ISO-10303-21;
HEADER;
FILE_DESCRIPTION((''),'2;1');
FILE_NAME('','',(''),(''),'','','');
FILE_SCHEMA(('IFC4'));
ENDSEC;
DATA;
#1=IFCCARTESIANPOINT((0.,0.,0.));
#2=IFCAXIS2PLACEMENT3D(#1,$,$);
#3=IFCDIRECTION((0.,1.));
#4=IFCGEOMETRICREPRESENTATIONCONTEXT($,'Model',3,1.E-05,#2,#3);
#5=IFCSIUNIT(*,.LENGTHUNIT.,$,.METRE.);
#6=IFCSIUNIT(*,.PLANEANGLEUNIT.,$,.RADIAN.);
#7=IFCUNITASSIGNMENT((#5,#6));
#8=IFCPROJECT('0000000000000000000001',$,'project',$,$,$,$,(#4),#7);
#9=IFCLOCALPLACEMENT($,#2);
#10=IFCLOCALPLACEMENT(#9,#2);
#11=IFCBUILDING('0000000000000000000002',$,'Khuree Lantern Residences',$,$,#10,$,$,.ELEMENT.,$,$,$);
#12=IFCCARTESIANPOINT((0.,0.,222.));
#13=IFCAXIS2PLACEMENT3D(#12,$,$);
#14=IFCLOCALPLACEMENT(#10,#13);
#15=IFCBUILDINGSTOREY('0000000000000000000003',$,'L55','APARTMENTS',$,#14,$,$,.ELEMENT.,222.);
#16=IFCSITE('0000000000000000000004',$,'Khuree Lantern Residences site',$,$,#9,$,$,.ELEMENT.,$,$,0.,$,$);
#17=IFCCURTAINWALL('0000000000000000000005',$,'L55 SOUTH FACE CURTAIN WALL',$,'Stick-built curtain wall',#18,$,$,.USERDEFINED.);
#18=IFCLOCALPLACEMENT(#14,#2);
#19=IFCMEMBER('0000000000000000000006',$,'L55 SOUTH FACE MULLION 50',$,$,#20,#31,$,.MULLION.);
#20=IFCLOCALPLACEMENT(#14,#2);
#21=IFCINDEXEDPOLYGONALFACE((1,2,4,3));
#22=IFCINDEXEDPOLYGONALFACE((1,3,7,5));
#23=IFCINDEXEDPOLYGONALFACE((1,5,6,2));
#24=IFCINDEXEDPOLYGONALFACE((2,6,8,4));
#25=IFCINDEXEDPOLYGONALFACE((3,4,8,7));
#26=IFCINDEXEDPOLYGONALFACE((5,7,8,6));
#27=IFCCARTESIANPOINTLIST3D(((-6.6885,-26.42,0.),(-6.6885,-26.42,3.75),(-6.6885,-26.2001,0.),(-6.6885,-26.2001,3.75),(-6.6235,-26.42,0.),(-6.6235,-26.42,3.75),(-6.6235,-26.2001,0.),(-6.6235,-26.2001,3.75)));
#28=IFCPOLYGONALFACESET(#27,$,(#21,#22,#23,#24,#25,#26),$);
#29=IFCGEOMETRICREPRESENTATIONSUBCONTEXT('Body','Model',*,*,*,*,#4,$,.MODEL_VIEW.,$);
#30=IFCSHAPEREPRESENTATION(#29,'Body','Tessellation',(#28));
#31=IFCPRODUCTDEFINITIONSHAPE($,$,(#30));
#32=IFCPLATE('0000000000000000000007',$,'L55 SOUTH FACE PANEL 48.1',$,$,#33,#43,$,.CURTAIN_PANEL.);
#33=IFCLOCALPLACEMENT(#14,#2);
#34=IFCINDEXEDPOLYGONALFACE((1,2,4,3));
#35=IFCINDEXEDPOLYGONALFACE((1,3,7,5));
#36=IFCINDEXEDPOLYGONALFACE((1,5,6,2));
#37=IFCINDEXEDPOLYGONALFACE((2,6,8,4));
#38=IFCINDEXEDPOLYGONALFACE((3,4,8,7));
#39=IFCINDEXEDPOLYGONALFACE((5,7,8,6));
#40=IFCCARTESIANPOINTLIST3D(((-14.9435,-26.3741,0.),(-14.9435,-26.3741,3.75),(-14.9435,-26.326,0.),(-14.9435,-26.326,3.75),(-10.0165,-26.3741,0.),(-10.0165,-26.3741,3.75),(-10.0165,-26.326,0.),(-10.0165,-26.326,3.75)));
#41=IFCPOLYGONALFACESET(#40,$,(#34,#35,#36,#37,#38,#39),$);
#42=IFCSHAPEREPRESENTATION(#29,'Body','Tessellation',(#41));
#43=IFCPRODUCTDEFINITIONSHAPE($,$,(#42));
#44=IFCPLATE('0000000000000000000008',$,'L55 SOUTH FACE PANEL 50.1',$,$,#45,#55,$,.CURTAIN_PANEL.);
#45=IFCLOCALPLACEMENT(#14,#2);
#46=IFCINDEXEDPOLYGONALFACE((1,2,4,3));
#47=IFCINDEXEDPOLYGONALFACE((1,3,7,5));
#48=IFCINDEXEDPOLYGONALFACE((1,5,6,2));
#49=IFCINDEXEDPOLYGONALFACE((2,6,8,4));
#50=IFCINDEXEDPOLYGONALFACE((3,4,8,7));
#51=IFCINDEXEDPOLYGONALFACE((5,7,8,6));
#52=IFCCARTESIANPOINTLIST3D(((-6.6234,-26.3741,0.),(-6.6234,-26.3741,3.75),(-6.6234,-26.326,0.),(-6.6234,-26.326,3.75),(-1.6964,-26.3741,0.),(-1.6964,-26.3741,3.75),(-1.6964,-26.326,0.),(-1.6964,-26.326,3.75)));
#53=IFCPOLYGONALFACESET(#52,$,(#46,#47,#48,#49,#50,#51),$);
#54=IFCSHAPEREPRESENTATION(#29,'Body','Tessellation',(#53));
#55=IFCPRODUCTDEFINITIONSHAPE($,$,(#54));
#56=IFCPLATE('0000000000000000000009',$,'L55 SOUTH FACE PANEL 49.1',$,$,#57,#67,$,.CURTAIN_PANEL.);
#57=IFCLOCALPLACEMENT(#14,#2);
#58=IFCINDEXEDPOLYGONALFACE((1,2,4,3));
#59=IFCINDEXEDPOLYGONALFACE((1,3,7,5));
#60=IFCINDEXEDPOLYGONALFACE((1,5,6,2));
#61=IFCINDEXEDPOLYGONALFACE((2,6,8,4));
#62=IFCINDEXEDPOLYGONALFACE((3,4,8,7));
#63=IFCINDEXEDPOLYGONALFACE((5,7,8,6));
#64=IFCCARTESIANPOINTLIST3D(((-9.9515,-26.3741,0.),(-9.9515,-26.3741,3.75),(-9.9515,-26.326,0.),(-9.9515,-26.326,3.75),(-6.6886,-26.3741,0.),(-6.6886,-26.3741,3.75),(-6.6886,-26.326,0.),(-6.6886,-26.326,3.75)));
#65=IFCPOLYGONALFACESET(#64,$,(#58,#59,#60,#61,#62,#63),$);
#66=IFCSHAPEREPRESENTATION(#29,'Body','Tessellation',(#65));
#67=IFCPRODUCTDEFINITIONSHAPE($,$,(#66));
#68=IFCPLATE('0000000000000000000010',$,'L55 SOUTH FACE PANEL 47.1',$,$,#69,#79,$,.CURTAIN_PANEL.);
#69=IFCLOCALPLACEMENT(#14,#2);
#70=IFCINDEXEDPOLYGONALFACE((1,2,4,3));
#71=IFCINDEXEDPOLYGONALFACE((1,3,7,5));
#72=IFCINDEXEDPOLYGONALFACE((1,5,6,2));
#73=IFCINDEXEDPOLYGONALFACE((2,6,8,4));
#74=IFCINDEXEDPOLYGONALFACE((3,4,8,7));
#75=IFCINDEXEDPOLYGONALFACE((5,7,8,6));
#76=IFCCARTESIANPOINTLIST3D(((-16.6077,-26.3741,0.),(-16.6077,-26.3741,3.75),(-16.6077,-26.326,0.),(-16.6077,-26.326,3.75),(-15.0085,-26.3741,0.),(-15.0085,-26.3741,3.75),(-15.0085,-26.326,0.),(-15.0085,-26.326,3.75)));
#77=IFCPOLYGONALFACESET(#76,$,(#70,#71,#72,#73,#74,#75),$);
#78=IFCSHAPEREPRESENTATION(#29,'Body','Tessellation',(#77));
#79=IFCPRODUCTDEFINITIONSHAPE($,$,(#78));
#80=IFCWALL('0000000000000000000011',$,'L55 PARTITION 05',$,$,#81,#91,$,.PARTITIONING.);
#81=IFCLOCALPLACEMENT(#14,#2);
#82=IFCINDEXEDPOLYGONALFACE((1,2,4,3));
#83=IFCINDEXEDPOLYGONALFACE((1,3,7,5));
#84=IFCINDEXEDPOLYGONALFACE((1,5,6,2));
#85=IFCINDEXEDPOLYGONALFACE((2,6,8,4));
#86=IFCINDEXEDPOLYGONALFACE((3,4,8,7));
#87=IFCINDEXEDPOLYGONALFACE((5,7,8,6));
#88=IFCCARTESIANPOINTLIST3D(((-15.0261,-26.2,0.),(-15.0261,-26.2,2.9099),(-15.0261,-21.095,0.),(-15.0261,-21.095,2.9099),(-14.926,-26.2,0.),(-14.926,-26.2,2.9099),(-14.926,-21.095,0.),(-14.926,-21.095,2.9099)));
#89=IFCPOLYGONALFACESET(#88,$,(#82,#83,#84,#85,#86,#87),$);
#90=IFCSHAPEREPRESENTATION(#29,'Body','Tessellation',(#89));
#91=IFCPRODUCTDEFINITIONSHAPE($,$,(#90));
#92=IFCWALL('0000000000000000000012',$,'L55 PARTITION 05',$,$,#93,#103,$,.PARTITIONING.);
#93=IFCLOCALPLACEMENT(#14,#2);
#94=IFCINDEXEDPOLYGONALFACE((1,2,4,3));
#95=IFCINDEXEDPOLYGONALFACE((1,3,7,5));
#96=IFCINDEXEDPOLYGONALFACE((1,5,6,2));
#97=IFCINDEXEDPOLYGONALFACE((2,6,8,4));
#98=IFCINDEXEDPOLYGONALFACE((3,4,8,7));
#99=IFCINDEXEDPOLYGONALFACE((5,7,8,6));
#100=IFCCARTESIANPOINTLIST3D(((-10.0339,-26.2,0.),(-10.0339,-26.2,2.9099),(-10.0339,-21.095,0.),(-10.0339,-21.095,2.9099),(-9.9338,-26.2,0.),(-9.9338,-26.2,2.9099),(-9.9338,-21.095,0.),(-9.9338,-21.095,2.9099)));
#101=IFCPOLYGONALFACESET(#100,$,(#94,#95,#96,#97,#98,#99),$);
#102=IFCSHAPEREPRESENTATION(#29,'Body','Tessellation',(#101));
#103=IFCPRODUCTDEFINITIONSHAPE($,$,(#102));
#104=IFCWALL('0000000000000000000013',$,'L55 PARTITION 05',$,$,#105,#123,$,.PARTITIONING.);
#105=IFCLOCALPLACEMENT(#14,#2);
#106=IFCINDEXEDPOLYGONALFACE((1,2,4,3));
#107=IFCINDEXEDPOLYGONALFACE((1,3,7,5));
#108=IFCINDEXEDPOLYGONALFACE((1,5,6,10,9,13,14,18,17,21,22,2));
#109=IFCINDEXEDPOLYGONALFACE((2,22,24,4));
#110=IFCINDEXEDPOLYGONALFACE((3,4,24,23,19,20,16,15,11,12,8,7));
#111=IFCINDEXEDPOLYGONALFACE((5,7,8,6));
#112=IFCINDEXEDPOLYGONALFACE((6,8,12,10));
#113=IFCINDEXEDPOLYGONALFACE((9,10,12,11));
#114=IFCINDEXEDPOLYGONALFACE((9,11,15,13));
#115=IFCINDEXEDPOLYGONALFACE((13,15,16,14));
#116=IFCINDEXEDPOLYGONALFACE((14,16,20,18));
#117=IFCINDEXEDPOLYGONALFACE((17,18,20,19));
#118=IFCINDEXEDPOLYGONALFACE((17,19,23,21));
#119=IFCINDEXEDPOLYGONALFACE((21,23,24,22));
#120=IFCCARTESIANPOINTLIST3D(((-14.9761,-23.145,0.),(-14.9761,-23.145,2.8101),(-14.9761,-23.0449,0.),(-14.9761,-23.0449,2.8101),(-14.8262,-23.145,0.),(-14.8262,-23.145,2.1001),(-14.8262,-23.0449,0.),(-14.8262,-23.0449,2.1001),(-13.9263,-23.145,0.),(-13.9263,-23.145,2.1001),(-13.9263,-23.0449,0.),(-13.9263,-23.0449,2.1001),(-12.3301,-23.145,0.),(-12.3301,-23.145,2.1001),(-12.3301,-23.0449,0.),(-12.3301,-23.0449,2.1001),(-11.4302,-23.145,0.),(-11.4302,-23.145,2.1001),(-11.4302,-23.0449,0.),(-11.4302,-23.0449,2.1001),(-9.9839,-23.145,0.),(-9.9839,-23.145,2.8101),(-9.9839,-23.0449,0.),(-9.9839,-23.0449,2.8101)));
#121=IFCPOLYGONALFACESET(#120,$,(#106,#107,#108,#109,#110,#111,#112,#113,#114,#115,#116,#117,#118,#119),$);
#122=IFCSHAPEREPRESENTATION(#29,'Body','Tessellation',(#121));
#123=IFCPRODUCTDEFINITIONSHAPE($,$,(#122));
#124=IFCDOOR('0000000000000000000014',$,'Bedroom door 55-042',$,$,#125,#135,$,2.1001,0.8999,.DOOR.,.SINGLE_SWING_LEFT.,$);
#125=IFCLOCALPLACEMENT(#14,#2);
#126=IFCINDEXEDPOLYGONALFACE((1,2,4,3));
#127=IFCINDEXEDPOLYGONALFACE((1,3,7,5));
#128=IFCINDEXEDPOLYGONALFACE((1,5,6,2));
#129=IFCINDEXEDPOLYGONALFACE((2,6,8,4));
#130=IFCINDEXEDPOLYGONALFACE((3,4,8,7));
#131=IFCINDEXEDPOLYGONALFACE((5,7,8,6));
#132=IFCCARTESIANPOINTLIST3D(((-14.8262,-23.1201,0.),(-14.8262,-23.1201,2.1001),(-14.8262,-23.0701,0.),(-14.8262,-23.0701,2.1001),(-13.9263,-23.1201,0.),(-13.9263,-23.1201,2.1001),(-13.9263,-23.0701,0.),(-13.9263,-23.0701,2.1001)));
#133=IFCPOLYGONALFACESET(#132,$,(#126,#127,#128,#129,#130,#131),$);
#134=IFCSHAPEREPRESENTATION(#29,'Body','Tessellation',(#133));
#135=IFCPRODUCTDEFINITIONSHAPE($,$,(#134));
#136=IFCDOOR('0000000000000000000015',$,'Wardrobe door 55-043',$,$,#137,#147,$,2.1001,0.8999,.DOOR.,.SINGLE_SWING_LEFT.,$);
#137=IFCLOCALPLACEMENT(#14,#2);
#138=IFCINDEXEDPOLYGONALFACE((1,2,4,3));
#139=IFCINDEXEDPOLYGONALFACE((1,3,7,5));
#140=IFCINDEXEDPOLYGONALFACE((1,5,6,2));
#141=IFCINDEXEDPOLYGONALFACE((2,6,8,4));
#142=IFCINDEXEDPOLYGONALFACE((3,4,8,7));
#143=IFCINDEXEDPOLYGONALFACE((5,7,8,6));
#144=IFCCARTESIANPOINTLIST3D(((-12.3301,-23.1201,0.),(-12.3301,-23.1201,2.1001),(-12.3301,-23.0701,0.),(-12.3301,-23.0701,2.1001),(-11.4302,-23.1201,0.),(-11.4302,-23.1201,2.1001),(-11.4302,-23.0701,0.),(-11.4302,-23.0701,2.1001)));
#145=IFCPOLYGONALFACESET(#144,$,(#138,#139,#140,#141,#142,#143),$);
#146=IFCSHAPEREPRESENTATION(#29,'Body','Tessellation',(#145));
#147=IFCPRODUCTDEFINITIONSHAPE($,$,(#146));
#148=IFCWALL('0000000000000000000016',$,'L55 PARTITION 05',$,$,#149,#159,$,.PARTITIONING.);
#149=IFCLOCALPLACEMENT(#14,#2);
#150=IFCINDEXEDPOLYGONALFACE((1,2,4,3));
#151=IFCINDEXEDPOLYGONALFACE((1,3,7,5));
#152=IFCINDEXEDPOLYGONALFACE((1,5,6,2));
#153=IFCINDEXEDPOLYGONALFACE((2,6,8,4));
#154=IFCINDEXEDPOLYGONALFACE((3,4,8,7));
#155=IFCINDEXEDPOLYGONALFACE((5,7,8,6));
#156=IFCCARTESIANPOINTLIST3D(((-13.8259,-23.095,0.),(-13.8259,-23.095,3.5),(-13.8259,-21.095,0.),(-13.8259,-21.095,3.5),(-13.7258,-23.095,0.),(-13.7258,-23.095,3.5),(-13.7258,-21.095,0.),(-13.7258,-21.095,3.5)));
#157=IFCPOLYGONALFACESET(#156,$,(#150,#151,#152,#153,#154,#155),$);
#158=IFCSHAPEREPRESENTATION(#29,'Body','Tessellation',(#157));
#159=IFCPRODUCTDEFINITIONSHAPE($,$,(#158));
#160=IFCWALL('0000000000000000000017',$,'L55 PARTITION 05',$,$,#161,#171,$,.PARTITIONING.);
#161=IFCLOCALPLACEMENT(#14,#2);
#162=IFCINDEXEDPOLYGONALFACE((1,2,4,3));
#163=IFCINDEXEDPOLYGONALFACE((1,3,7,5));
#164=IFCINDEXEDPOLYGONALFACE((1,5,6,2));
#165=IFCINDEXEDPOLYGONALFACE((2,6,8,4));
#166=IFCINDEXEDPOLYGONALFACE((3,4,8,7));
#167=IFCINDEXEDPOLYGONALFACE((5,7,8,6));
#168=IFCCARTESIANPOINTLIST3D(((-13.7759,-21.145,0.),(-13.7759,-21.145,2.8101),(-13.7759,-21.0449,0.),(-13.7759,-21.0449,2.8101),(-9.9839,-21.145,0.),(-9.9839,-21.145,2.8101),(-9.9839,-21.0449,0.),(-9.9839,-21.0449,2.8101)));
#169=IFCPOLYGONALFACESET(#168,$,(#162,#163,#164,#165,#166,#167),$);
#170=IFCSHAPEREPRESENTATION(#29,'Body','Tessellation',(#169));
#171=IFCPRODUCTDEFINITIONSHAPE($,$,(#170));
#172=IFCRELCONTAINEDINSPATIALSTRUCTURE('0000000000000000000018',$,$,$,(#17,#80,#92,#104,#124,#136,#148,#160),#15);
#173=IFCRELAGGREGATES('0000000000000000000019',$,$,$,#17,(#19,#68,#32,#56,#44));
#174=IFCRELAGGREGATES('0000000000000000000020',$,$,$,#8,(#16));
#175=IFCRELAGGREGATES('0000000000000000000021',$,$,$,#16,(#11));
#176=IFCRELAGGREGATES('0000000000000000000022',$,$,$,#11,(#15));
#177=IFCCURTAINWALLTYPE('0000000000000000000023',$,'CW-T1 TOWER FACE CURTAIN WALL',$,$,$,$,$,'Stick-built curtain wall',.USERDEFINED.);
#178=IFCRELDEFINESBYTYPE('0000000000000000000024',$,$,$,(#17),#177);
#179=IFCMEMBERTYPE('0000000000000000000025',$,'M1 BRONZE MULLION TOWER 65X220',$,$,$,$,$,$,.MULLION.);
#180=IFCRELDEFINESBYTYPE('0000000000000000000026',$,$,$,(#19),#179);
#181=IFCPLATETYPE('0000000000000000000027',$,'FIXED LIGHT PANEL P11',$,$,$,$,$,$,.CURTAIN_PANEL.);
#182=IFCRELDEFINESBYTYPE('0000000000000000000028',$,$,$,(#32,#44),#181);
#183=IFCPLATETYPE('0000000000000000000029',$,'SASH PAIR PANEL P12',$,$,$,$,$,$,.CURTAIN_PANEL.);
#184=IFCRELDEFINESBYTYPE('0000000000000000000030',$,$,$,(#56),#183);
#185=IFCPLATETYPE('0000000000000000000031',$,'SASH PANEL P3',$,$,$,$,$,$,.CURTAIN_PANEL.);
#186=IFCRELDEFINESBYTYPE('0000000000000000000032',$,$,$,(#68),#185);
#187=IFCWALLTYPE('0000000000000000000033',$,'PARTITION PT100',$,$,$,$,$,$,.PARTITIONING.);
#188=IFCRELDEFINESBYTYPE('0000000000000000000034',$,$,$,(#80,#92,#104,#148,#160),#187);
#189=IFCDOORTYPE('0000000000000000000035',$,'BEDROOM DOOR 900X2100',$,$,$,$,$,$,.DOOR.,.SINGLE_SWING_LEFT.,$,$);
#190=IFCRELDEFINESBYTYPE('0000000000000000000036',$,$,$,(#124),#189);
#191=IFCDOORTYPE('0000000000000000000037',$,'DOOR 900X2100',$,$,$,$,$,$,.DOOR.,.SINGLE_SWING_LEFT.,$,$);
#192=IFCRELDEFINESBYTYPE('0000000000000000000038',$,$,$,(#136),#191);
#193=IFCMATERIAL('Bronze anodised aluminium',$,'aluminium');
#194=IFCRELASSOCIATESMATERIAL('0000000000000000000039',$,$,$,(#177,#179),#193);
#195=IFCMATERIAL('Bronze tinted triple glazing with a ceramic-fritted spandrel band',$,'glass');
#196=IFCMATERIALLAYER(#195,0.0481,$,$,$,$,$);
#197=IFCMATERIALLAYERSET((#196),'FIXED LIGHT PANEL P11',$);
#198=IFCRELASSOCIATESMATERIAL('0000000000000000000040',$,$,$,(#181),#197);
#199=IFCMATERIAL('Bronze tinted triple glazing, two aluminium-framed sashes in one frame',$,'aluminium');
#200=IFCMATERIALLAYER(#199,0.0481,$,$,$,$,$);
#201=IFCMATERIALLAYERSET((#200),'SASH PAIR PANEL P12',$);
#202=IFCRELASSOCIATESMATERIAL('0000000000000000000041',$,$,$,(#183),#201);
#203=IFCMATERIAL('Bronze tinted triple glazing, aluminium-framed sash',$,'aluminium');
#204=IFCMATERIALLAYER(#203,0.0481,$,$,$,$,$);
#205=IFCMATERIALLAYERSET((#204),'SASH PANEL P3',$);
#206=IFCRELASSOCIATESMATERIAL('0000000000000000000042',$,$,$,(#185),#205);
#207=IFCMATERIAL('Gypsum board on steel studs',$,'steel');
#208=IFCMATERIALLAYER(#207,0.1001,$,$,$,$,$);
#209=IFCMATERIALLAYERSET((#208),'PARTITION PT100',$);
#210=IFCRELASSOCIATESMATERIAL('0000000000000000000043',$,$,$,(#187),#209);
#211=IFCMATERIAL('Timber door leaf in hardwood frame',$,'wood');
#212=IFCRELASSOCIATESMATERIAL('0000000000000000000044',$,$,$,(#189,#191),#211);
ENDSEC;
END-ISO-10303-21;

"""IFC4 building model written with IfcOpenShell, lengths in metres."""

from ifc_helpers import new_model, si_unit, direction, frame, frame_2d, origin, origin_2d, place, context, subcontext, project, spatial, rectangle, extrude, material, layer, layer_set, material_profile, profile_set, type_object, element, fill, aggregate, save


model = new_model("IFC4")

# Units and contexts
model_context = context("Model", 3, precision=1e-05, world=origin(), true_north=direction((0.0, 1.0)))
body_context = subcontext(model_context, "Body", "Model", "MODEL_VIEW")
ifc_project = project(units=[si_unit("LENGTHUNIT", "METRE"), si_unit("PLANEANGLEUNIT", "RADIAN")], contexts=[model_context])

# Site, building, storey
site_placement = place(None, origin())
site = spatial("IfcSite", under=ifc_project, at=site_placement, Name="Khuree Lantern Residences site", CompositionType="ELEMENT", RefElevation=0.0)
building_placement = place(site_placement, origin())
building = spatial("IfcBuilding", under=site, at=building_placement, Name="Khuree Lantern Residences", CompositionType="ELEMENT")
storey_placement = place(building_placement, frame((0.0, 0.0, 222.0)))
storey = spatial("IfcBuildingStorey", under=building, at=storey_placement, Name="L55", Description="APARTMENTS", CompositionType="ELEMENT", Elevation=222.0)

# Curtain wall
ifc_material_1 = material(Name="Bronze anodised aluminium", Category="aluminium")
curtain_wall_type = type_object("IfcCurtainWallType", Name="CW-T1 TOWER FACE CURTAIN WALL", ElementType="Stick-built curtain wall", PredefinedType="USERDEFINED", material=ifc_material_1)
curtain_wall_placement = place(storey_placement, origin())
curtain_wall = element("IfcCurtainWall", 1, at=curtain_wall_placement, inside=storey, type_object=curtain_wall_type, Name="L55 SOUTH FACE CURTAIN WALL", ObjectType="Stick-built curtain wall", PredefinedType="USERDEFINED")

# Member
ifc_material_profile_1 = material_profile(ifc_material_1, rectangle(XDim=0.0649, YDim=0.22, at=origin_2d()), Name="M1 65X220")
ifc_profile_set_1 = profile_set([ifc_material_profile_1], Name="Bronze anodised aluminium")
member_type_1 = type_object("IfcMemberType", Name="M1 BRONZE MULLION TOWER 65X220", PredefinedType="MULLION", material=ifc_profile_set_1)
member_1_placement = place(storey_placement, frame((-6.656, -26.3101, 0.0), z_axis=(0.0, 0.0, 1.0), x_axis=(1.0, 0.0, 0.0)))
member_1 = element("IfcMember", 2, at=member_1_placement, type_object=member_type_1, Name="L55 SOUTH FACE MULLION 50", PredefinedType="MULLION", context=body_context, shape_type="SweptSolid", body=[
    extrude(rectangle(XDim=0.0649, YDim=0.22, at=origin_2d()), origin(), (0.0, 0.0, 1.0), 3.75),
])

# Plates
ifc_material_2 = material(Name="Bronze tinted triple glazing with a ceramic-fritted spandrel band", Category="glass")
ifc_layer_1 = layer(ifc_material_2, 0.0481)
ifc_layer_set_1 = layer_set([ifc_layer_1], Name="FIXED LIGHT PANEL P11")
plate_type_1 = type_object("IfcPlateType", Name="FIXED LIGHT PANEL P11", PredefinedType="CURTAIN_PANEL", material=ifc_layer_set_1)
plate_1_placement = place(storey_placement, frame((-12.48, -26.3501, 0.0), z_axis=(0.0, 0.0, 1.0), x_axis=(1.0, 0.0, 0.0)))
plate_1 = element("IfcPlate", 3, at=plate_1_placement, type_object=plate_type_1, Name="L55 SOUTH FACE PANEL 48.1", PredefinedType="CURTAIN_PANEL", context=body_context, shape_type="SweptSolid", body=[
    extrude(rectangle(XDim=4.927, YDim=0.0481, at=origin_2d()), origin(), (0.0, 0.0, 1.0), 3.75),
])
plate_2_placement = place(storey_placement, frame((-4.1599, -26.3501, 0.0), z_axis=(0.0, 0.0, 1.0), x_axis=(1.0, 0.0, 0.0)))
plate_2 = element("IfcPlate", 4, at=plate_2_placement, type_object=plate_type_1, Name="L55 SOUTH FACE PANEL 50.1", PredefinedType="CURTAIN_PANEL", context=body_context, shape_type="SweptSolid", body=[
    extrude(rectangle(XDim=4.927, YDim=0.0481, at=origin_2d()), origin(), (0.0, 0.0, 1.0), 3.75),
])
ifc_material_3 = material(Name="Bronze tinted triple glazing, two aluminium-framed sashes in one frame", Category="aluminium")
ifc_layer_2 = layer(ifc_material_3, 0.0481)
ifc_layer_set_2 = layer_set([ifc_layer_2], Name="SASH PAIR PANEL P12")
plate_type_2 = type_object("IfcPlateType", Name="SASH PAIR PANEL P12", PredefinedType="CURTAIN_PANEL", material=ifc_layer_set_2)
plate_3_placement = place(storey_placement, frame((-8.3201, -26.3501, 0.0), z_axis=(0.0, 0.0, 1.0), x_axis=(1.0, 0.0, 0.0)))
plate_3 = element("IfcPlate", 5, at=plate_3_placement, type_object=plate_type_2, Name="L55 SOUTH FACE PANEL 49.1", PredefinedType="CURTAIN_PANEL", context=body_context, shape_type="SweptSolid", body=[
    extrude(rectangle(XDim=3.2629, YDim=0.0481, at=origin_2d()), origin(), (0.0, 0.0, 1.0), 3.75),
])
ifc_material_4 = material(Name="Bronze tinted triple glazing, aluminium-framed sash", Category="aluminium")
ifc_layer_3 = layer(ifc_material_4, 0.0481)
ifc_layer_set_3 = layer_set([ifc_layer_3], Name="SASH PANEL P3")
plate_type_3 = type_object("IfcPlateType", Name="SASH PANEL P3", PredefinedType="CURTAIN_PANEL", material=ifc_layer_set_3)
plate_4_placement = place(storey_placement, frame((-15.8081, -26.3501, 0.0), z_axis=(0.0, 0.0, 1.0), x_axis=(1.0, 0.0, 0.0)))
plate_4 = element("IfcPlate", 6, at=plate_4_placement, type_object=plate_type_3, Name="L55 SOUTH FACE PANEL 47.1", PredefinedType="CURTAIN_PANEL", context=body_context, shape_type="SweptSolid", body=[
    extrude(rectangle(XDim=1.5991, YDim=0.0481, at=origin_2d()), origin(), (0.0, 0.0, 1.0), 3.75),
])
aggregate(curtain_wall, [member_1, plate_4, plate_1, plate_3, plate_2])

# Walls
ifc_material_5 = material(Name="Gypsum board on steel studs", Category="steel")
ifc_layer_4 = layer(ifc_material_5, 0.1001)
ifc_layer_set_4 = layer_set([ifc_layer_4], Name="PARTITION PT100")
wall_type = type_object("IfcWallType", Name="PARTITION PT100", PredefinedType="PARTITIONING", material=ifc_layer_set_4)
for number, where, z_axis, x_axis, name in (
    (7, (-14.9761, -21.095, 0.0), (0.0, 0.0, 1.0), (0.0, -1.0, 0.0), "L55 PARTITION 05"),
    (8, (-9.9839, -21.095, 0.0), (0.0, 0.0, 1.0), (0.0, -1.0, 0.0), "L55 PARTITION 05"),
):
    element("IfcWall", number, at=place(storey_placement, frame(where, z_axis=z_axis, x_axis=x_axis)), inside=storey, type_object=wall_type, Name=name, PredefinedType="PARTITIONING", context=body_context, shape_type="SweptSolid", body=[
        extrude(rectangle(XDim=5.105, YDim=0.1001, at=frame_2d((2.5525, 0.0))), origin(), (0.0, 0.0, 1.0), 2.9099),
    ])

# Wall, openings, doors
wall_1_placement = place(storey_placement, frame((-14.9761, -23.095, 0.0), z_axis=(0.0, 0.0, 1.0), x_axis=(1.0, 0.0, 0.0)))
wall_1 = element("IfcWall", 9, at=wall_1_placement, inside=storey, type_object=wall_type, Name="L55 PARTITION 05", PredefinedType="PARTITIONING", context=body_context, shape_type="SweptSolid", body=[
    extrude(rectangle(XDim=4.9922, YDim=0.1001, at=frame_2d((2.4961, 0.0))), origin(), (0.0, 0.0, 1.0), 2.8101),
])
opening_1_placement = place(wall_1_placement, frame((0.1499, 0.0, 0.0)))
opening_1 = element("IfcOpeningElement", 10, at=opening_1_placement, cuts=wall_1, PredefinedType="OPENING", context=body_context, shape_type="SweptSolid", body=[
    extrude(rectangle(XDim=0.8999, YDim=2.1001, at=frame_2d((0.45, 1.05))), frame((0.0, 0.0601, 0.0), z_axis=(0.0, -1.0, 0.0), x_axis=(1.0, 0.0, 0.0)), (0.0, 0.0, 1.0), 0.1201),
])
opening_2_placement = place(wall_1_placement, frame((2.646, 0.0, 0.0)))
opening_2 = element("IfcOpeningElement", 11, at=opening_2_placement, cuts=wall_1, PredefinedType="OPENING", context=body_context, shape_type="SweptSolid", body=[
    extrude(rectangle(XDim=0.8999, YDim=2.1001, at=frame_2d((0.45, 1.05))), frame((0.0, 0.0601, 0.0), z_axis=(0.0, -1.0, 0.0), x_axis=(1.0, 0.0, 0.0)), (0.0, 0.0, 1.0), 0.1201),
])
ifc_material_6 = material(Name="Timber door leaf in hardwood frame", Category="wood")
door_type_1 = type_object("IfcDoorType", Name="BEDROOM DOOR 900X2100", OperationType="SINGLE_SWING_LEFT", PredefinedType="DOOR", material=ifc_material_6)
door_1_placement = place(opening_1_placement, origin())
door_1 = element("IfcDoor", 12, at=door_1_placement, inside=storey, type_object=door_type_1, Name="Bedroom door 55-042", OperationType="SINGLE_SWING_LEFT", OverallHeight=2.1001, OverallWidth=0.8999, PredefinedType="DOOR", context=body_context, shape_type="SweptSolid", body=[
    extrude(rectangle(XDim=0.8999, YDim=2.1001, at=frame_2d((0.45, 1.05))), frame((0.0, 0.0249, 0.0), z_axis=(0.0, -1.0, 0.0), x_axis=(1.0, 0.0, 0.0)), (0.0, 0.0, 1.0), 0.05),
])
fill(opening_1, door_1)
door_type_2 = type_object("IfcDoorType", Name="DOOR 900X2100", OperationType="SINGLE_SWING_LEFT", PredefinedType="DOOR", material=ifc_material_6)
door_2_placement = place(opening_2_placement, origin())
door_2 = element("IfcDoor", 13, at=door_2_placement, inside=storey, type_object=door_type_2, Name="Wardrobe door 55-043", OperationType="SINGLE_SWING_LEFT", OverallHeight=2.1001, OverallWidth=0.8999, PredefinedType="DOOR", context=body_context, shape_type="SweptSolid", body=[
    extrude(rectangle(XDim=0.8999, YDim=2.1001, at=frame_2d((0.45, 1.05))), frame((0.0, 0.0249, 0.0), z_axis=(0.0, -1.0, 0.0), x_axis=(1.0, 0.0, 0.0)), (0.0, 0.0, 1.0), 0.05),
])
fill(opening_2, door_2)

# Walls
wall_2_placement = place(storey_placement, frame((-13.7759, -21.095, 0.0), z_axis=(0.0, 0.0, 1.0), x_axis=(0.0, -1.0, 0.0)))
element("IfcWall", 14, at=wall_2_placement, inside=storey, type_object=wall_type, Name="L55 PARTITION 05", PredefinedType="PARTITIONING", context=body_context, shape_type="SweptSolid", body=[
    extrude(rectangle(XDim=2.0, YDim=0.1001, at=frame_2d((1.0, 0.0))), origin(), (0.0, 0.0, 1.0), 3.5),
])
wall_3_placement = place(storey_placement, frame((-13.7759, -21.095, 0.0), z_axis=(0.0, 0.0, 1.0), x_axis=(1.0, 0.0, 0.0)))
element("IfcWall", 15, at=wall_3_placement, inside=storey, type_object=wall_type, Name="L55 PARTITION 05", PredefinedType="PARTITIONING", context=body_context, shape_type="SweptSolid", body=[
    extrude(rectangle(XDim=3.792, YDim=0.1001, at=frame_2d((1.896, 0.0))), origin(), (0.0, 0.0, 1.0), 2.8101),
])

save(model, "model.ifc")
